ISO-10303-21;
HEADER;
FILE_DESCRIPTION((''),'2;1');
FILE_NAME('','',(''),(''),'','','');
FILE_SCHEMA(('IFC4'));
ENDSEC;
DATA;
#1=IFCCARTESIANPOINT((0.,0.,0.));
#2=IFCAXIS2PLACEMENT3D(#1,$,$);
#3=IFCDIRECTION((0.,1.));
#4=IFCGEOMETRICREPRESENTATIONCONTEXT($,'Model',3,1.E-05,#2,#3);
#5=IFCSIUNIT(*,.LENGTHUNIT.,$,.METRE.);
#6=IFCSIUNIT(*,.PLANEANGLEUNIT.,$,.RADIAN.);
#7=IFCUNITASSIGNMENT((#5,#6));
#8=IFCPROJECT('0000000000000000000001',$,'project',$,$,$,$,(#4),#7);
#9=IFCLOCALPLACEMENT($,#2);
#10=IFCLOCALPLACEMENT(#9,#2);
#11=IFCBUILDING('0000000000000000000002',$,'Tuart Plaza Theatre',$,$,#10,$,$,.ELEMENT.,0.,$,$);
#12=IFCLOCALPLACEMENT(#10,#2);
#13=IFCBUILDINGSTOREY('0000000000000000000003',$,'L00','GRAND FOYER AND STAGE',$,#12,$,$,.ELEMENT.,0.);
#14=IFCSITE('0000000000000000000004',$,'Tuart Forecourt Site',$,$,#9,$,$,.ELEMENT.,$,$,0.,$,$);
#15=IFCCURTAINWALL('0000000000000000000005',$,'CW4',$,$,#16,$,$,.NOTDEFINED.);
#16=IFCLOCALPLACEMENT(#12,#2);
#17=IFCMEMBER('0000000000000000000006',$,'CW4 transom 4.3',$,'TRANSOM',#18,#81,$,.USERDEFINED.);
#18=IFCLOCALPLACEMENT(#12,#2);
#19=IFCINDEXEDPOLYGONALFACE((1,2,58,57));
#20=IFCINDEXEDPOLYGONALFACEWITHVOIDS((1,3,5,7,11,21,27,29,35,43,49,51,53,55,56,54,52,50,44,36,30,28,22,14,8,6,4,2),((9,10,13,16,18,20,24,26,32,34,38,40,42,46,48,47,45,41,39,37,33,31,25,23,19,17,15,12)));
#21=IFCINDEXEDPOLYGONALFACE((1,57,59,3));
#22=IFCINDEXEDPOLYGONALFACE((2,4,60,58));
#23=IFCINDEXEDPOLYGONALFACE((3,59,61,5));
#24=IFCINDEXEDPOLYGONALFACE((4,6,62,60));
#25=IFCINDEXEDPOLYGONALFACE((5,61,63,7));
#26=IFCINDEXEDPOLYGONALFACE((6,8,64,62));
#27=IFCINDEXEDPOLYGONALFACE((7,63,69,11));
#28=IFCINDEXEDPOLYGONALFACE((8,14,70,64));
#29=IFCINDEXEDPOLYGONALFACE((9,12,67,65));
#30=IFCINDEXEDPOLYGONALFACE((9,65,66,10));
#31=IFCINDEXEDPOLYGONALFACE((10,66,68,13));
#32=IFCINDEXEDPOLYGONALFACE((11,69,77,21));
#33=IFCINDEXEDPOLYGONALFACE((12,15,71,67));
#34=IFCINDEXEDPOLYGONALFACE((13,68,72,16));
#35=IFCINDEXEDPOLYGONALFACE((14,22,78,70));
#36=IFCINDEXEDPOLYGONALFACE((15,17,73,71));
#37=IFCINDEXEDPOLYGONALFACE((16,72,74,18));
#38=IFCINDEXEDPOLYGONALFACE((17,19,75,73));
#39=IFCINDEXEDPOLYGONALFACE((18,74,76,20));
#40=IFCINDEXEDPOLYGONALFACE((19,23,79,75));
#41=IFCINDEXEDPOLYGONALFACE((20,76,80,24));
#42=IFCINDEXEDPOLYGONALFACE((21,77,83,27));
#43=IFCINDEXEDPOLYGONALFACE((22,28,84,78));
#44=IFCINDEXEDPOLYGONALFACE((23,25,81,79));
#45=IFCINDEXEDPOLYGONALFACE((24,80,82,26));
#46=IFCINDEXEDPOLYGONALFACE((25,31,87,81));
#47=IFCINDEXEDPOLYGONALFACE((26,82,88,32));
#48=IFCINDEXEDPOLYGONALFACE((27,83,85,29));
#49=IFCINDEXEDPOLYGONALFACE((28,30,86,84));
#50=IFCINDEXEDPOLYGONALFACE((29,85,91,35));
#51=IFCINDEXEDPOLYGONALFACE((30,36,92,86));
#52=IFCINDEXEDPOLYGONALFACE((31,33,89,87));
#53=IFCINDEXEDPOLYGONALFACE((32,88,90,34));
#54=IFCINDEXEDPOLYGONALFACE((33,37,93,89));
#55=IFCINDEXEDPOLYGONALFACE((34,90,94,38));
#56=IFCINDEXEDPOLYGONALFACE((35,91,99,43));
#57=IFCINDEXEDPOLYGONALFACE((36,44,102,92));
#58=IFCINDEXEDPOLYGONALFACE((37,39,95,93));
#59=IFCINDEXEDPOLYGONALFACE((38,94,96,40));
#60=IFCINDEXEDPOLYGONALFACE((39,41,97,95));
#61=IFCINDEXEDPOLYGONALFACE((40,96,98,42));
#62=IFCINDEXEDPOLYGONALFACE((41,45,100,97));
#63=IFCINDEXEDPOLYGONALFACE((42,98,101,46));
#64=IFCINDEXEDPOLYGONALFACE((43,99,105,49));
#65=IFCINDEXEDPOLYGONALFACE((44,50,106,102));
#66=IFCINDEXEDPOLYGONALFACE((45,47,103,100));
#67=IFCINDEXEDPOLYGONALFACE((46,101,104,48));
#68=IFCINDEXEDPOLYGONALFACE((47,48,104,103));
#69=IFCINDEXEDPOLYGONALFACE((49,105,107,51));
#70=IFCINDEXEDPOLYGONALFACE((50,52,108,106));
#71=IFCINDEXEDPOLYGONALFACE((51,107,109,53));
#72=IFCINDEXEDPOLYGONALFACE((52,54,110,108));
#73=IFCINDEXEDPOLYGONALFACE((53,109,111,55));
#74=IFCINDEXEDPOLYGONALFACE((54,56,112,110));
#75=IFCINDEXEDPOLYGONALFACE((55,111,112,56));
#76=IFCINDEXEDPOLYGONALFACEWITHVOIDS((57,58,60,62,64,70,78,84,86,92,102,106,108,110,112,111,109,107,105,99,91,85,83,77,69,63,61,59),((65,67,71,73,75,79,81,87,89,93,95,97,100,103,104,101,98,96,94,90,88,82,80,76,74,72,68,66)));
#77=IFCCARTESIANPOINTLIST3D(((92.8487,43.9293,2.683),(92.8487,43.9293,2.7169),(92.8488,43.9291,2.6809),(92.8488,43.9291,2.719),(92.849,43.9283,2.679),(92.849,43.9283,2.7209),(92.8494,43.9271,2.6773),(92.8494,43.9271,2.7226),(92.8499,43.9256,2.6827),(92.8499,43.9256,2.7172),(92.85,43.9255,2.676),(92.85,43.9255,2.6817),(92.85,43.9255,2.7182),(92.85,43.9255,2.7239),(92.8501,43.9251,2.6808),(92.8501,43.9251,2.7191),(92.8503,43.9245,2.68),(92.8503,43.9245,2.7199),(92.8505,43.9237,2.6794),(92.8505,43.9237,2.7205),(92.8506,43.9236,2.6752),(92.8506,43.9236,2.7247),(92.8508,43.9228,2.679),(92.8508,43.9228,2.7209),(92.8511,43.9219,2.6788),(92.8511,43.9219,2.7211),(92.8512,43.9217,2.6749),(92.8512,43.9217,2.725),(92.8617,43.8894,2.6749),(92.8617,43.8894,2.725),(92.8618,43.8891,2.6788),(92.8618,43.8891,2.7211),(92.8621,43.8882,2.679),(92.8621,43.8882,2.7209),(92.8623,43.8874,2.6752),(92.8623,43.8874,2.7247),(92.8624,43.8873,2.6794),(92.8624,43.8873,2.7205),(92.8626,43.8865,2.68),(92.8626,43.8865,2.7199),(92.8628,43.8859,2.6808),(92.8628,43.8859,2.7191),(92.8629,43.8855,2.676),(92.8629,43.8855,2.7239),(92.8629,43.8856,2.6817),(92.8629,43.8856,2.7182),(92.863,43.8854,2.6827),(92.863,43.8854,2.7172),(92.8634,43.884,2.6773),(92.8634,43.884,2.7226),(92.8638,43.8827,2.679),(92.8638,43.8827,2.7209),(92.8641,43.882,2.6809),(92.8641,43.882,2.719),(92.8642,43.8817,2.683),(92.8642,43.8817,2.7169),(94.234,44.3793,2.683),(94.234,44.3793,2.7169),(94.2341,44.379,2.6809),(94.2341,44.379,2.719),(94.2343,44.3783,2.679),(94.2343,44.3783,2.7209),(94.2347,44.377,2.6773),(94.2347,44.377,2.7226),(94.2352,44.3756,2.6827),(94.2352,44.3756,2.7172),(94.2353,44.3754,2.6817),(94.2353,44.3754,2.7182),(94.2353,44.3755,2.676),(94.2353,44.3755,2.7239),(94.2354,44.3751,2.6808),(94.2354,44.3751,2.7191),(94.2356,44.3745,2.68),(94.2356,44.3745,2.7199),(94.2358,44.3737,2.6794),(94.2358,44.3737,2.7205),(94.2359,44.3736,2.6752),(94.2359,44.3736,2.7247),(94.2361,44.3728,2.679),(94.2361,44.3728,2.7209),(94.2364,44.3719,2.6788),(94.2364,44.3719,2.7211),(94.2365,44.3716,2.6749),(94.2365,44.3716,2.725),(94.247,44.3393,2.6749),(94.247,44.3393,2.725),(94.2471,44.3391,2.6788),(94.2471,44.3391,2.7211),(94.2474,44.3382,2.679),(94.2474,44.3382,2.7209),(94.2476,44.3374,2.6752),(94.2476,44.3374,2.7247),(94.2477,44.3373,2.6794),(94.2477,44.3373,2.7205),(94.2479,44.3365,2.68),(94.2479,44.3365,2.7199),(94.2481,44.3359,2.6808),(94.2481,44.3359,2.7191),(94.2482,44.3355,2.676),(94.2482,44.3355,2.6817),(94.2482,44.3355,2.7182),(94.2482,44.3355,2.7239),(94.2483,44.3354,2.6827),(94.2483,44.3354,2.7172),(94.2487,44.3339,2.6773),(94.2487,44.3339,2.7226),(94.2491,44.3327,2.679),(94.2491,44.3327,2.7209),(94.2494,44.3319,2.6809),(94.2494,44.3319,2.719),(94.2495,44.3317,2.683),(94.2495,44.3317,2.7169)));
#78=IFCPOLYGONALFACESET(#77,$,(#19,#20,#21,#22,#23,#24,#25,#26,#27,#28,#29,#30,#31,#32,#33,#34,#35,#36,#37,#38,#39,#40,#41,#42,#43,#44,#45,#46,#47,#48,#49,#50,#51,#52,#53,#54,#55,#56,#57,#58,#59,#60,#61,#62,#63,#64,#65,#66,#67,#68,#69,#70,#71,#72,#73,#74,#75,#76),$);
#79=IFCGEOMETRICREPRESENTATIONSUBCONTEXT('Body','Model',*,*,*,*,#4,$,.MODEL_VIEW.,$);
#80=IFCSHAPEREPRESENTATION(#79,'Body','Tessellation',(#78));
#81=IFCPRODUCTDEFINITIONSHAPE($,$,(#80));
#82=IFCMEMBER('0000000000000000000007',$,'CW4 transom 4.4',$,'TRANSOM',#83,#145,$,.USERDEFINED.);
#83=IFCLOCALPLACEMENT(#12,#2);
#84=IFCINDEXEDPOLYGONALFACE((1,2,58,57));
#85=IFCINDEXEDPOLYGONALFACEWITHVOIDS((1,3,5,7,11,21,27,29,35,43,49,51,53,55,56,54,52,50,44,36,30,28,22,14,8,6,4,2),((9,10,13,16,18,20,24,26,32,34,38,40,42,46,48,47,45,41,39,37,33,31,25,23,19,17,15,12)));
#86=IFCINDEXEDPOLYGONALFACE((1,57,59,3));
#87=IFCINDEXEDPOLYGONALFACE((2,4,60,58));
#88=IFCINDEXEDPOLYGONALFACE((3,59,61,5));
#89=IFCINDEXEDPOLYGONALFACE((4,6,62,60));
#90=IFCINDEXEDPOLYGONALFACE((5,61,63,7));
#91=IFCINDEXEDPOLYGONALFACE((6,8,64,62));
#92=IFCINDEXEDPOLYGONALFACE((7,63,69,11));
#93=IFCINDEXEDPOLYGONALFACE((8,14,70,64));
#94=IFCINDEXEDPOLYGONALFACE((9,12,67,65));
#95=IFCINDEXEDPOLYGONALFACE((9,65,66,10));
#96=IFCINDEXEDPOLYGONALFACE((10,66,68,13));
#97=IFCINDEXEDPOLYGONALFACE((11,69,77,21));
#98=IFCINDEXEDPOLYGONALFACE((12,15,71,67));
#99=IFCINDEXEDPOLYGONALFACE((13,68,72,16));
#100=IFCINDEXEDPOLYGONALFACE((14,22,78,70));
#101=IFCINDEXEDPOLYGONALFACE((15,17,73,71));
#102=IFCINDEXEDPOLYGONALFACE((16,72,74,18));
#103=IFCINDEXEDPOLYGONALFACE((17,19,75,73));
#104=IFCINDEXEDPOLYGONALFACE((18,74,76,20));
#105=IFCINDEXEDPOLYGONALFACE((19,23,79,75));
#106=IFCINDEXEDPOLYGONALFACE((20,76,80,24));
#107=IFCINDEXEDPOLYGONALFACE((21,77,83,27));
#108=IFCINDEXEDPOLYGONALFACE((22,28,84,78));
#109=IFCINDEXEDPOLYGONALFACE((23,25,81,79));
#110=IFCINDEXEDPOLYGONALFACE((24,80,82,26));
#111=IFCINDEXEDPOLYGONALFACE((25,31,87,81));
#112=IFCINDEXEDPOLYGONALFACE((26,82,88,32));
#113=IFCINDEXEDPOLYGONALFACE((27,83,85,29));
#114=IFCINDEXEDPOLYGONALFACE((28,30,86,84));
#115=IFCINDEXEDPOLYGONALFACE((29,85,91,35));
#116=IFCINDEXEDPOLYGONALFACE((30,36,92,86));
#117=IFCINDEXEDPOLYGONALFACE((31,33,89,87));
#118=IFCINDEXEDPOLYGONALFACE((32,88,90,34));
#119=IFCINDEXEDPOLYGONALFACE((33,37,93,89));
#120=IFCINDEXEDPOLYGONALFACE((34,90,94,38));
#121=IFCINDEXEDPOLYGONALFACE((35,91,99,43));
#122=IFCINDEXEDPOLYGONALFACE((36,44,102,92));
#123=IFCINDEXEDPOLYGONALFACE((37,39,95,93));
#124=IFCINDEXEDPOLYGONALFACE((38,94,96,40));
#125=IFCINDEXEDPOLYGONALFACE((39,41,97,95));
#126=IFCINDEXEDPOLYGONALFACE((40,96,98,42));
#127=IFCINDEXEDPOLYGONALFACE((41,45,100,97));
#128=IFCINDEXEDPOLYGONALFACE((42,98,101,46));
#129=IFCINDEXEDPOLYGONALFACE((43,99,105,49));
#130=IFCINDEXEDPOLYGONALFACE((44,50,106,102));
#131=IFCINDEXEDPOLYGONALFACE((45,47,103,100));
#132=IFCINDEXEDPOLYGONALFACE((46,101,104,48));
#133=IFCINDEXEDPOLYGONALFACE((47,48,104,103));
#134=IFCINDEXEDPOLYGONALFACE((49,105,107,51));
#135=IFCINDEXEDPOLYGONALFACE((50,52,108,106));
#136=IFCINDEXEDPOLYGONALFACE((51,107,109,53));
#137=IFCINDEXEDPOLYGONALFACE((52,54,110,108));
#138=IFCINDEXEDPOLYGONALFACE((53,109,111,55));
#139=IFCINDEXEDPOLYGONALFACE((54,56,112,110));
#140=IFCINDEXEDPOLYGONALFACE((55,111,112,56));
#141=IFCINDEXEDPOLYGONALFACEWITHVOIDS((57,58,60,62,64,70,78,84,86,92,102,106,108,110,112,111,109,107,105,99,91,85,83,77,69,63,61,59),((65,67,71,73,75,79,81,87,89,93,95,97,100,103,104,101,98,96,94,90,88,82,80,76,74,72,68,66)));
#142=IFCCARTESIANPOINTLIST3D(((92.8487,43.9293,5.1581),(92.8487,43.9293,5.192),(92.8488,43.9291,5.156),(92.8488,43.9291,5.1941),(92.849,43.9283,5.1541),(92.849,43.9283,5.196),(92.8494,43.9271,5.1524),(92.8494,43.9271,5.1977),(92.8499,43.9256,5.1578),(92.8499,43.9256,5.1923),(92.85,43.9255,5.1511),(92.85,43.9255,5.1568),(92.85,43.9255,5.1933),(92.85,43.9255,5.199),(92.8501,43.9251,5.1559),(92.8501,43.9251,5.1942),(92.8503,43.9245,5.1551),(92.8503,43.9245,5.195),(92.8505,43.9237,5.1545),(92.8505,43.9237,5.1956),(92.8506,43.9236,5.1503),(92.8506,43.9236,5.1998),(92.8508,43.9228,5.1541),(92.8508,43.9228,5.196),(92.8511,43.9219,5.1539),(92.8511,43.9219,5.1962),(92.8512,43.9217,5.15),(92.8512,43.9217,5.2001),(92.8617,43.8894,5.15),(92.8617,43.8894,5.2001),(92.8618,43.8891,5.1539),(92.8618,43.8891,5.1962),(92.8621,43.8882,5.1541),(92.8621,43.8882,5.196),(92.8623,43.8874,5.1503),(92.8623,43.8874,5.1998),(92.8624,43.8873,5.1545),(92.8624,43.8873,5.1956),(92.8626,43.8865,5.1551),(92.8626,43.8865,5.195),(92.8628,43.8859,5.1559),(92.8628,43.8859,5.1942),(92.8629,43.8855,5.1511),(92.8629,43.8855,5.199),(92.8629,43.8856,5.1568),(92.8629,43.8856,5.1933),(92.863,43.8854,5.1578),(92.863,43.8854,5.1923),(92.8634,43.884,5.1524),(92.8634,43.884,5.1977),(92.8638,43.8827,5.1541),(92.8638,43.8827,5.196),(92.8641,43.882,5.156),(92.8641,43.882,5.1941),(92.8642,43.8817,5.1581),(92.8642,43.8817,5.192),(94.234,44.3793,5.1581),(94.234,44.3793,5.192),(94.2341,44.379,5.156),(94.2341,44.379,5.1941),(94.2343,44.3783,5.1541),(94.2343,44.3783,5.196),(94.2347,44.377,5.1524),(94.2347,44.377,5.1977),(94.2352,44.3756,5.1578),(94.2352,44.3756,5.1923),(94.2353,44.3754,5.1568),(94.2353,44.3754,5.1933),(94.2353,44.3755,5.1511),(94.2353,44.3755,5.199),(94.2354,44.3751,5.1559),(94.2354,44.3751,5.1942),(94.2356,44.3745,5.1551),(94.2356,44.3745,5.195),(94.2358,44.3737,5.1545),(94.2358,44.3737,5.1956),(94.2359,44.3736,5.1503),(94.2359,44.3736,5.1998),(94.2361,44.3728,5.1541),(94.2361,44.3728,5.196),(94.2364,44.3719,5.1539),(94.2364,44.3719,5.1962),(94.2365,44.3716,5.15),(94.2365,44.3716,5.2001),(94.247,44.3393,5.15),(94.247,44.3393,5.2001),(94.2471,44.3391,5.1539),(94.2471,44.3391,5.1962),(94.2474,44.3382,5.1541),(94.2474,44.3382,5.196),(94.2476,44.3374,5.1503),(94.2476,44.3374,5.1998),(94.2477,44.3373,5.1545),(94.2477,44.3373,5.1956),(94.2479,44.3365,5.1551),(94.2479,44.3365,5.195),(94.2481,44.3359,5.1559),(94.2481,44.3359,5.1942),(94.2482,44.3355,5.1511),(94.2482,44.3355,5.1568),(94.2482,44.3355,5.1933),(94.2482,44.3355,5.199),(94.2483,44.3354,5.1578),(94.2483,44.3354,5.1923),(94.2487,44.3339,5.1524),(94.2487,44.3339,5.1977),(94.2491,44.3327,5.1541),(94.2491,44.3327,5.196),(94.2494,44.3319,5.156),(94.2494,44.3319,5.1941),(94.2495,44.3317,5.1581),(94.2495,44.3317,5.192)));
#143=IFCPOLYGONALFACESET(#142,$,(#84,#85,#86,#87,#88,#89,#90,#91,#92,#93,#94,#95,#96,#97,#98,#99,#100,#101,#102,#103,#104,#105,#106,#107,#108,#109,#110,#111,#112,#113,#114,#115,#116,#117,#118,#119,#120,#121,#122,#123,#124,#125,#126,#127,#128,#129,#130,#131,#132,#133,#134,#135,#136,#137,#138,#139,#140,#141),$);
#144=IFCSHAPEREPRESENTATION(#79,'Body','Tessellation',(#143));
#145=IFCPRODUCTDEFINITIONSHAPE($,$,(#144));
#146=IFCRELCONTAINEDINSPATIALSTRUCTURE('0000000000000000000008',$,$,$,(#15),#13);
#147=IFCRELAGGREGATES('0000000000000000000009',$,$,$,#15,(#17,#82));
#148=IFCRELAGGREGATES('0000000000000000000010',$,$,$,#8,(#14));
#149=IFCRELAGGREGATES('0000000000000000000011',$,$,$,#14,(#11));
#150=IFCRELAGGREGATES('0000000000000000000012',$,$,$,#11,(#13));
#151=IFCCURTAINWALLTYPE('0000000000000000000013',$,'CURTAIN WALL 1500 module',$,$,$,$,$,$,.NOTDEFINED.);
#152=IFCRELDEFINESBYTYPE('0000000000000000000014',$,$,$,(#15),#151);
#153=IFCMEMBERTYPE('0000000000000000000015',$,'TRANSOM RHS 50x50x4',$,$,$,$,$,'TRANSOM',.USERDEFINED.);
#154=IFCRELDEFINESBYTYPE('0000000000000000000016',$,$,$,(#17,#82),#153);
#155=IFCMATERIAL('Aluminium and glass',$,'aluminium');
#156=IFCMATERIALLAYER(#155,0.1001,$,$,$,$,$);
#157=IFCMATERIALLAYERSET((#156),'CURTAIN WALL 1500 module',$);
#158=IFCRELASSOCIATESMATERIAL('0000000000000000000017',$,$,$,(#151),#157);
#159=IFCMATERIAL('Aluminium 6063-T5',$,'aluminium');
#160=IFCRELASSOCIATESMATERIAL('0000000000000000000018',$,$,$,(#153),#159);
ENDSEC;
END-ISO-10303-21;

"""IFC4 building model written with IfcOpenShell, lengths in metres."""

from ifc_helpers import new_model, si_unit, direction, frame, origin, origin_2d, place, context, subcontext, project, spatial, hollow_rectangle, extrude, material, layer, layer_set, material_profile, profile_set, type_object, element, aggregate, save


model = new_model("IFC4")

# Units and contexts
model_context = context("Model", 3, precision=1e-05, world=origin(), true_north=direction((0.0, 1.0)))
body_context = subcontext(model_context, "Body", "Model", "MODEL_VIEW")
ifc_project = project(units=[si_unit("LENGTHUNIT", "METRE"), si_unit("PLANEANGLEUNIT", "RADIAN")], contexts=[model_context])

# Site, building, storey
site_placement = place(None, origin())
site = spatial("IfcSite", under=ifc_project, at=site_placement, Name="Tuart Forecourt Site", CompositionType="ELEMENT", RefElevation=0.0)
building_placement = place(site_placement, origin())
building = spatial("IfcBuilding", under=site, at=building_placement, Name="Tuart Plaza Theatre", CompositionType="ELEMENT", ElevationOfRefHeight=0.0)
storey_placement = place(building_placement, origin())
storey = spatial("IfcBuildingStorey", under=building, at=storey_placement, Name="L00", Description="GRAND FOYER AND STAGE", CompositionType="ELEMENT", Elevation=0.0)

# Curtain wall, members
ifc_material_1 = material(Name="Aluminium and glass", Category="aluminium")
ifc_layer_1 = layer(ifc_material_1, 0.1001)
ifc_layer_set_1 = layer_set([ifc_layer_1], Name="CURTAIN WALL 1500 module")
curtain_wall_type = type_object("IfcCurtainWallType", Name="CURTAIN WALL 1500 module", PredefinedType="NOTDEFINED", material=ifc_layer_set_1)
curtain_wall_1_placement = place(storey_placement, origin())
curtain_wall_1 = element("IfcCurtainWall", 1, at=curtain_wall_1_placement, inside=storey, type_object=curtain_wall_type, Name="CW4", PredefinedType="NOTDEFINED")
ifc_material_2 = material(Name="Aluminium 6063-T5", Category="aluminium")
ifc_material_profile_1 = material_profile(ifc_material_2, hollow_rectangle(XDim=0.05, YDim=0.05, WallThickness=0.0039, InnerFilletRadius=0.0039, OuterFilletRadius=0.0081, at=origin_2d()), Name="RHS 50x50x4")
ifc_profile_set_1 = profile_set([ifc_material_profile_1], Name="Aluminium 6063-T5")
member_type_1 = type_object("IfcMemberType", Name="TRANSOM RHS 50x50x4", ElementType="TRANSOM", PredefinedType="USERDEFINED", material=ifc_profile_set_1)
member_1_placement = place(storey_placement, frame((92.8564, 43.9055, 2.7), z_axis=(0.951086, 0.308927, 0.0), x_axis=(-0.308927, 0.951086, 0.0)))
member_1 = element("IfcMember", 2, at=member_1_placement, type_object=member_type_1, Name="CW4 transom 4.3", ObjectType="TRANSOM", PredefinedType="USERDEFINED", context=body_context, shape_type="SweptSolid", body=[
    extrude(hollow_rectangle(XDim=0.05, YDim=0.05, WallThickness=0.0039, InnerFilletRadius=0.0039, OuterFilletRadius=0.0081, at=origin_2d()), origin(), (0.0, 0.0, 1.0), 1.4565),
])
member_2_placement = place(storey_placement, frame((92.8564, 43.9055, 5.175), z_axis=(0.951086, 0.308927, 0.0), x_axis=(-0.308927, 0.951086, 0.0)))
member_2 = element("IfcMember", 3, at=member_2_placement, type_object=member_type_1, Name="CW4 transom 4.4", ObjectType="TRANSOM", PredefinedType="USERDEFINED", context=body_context, shape_type="SweptSolid", body=[
    extrude(hollow_rectangle(XDim=0.05, YDim=0.05, WallThickness=0.0039, InnerFilletRadius=0.0039, OuterFilletRadius=0.0081, at=origin_2d()), origin(), (0.0, 0.0, 1.0), 1.4565),
])

aggregate(curtain_wall_1, [member_1, member_2])

save(model, "model.ifc")
